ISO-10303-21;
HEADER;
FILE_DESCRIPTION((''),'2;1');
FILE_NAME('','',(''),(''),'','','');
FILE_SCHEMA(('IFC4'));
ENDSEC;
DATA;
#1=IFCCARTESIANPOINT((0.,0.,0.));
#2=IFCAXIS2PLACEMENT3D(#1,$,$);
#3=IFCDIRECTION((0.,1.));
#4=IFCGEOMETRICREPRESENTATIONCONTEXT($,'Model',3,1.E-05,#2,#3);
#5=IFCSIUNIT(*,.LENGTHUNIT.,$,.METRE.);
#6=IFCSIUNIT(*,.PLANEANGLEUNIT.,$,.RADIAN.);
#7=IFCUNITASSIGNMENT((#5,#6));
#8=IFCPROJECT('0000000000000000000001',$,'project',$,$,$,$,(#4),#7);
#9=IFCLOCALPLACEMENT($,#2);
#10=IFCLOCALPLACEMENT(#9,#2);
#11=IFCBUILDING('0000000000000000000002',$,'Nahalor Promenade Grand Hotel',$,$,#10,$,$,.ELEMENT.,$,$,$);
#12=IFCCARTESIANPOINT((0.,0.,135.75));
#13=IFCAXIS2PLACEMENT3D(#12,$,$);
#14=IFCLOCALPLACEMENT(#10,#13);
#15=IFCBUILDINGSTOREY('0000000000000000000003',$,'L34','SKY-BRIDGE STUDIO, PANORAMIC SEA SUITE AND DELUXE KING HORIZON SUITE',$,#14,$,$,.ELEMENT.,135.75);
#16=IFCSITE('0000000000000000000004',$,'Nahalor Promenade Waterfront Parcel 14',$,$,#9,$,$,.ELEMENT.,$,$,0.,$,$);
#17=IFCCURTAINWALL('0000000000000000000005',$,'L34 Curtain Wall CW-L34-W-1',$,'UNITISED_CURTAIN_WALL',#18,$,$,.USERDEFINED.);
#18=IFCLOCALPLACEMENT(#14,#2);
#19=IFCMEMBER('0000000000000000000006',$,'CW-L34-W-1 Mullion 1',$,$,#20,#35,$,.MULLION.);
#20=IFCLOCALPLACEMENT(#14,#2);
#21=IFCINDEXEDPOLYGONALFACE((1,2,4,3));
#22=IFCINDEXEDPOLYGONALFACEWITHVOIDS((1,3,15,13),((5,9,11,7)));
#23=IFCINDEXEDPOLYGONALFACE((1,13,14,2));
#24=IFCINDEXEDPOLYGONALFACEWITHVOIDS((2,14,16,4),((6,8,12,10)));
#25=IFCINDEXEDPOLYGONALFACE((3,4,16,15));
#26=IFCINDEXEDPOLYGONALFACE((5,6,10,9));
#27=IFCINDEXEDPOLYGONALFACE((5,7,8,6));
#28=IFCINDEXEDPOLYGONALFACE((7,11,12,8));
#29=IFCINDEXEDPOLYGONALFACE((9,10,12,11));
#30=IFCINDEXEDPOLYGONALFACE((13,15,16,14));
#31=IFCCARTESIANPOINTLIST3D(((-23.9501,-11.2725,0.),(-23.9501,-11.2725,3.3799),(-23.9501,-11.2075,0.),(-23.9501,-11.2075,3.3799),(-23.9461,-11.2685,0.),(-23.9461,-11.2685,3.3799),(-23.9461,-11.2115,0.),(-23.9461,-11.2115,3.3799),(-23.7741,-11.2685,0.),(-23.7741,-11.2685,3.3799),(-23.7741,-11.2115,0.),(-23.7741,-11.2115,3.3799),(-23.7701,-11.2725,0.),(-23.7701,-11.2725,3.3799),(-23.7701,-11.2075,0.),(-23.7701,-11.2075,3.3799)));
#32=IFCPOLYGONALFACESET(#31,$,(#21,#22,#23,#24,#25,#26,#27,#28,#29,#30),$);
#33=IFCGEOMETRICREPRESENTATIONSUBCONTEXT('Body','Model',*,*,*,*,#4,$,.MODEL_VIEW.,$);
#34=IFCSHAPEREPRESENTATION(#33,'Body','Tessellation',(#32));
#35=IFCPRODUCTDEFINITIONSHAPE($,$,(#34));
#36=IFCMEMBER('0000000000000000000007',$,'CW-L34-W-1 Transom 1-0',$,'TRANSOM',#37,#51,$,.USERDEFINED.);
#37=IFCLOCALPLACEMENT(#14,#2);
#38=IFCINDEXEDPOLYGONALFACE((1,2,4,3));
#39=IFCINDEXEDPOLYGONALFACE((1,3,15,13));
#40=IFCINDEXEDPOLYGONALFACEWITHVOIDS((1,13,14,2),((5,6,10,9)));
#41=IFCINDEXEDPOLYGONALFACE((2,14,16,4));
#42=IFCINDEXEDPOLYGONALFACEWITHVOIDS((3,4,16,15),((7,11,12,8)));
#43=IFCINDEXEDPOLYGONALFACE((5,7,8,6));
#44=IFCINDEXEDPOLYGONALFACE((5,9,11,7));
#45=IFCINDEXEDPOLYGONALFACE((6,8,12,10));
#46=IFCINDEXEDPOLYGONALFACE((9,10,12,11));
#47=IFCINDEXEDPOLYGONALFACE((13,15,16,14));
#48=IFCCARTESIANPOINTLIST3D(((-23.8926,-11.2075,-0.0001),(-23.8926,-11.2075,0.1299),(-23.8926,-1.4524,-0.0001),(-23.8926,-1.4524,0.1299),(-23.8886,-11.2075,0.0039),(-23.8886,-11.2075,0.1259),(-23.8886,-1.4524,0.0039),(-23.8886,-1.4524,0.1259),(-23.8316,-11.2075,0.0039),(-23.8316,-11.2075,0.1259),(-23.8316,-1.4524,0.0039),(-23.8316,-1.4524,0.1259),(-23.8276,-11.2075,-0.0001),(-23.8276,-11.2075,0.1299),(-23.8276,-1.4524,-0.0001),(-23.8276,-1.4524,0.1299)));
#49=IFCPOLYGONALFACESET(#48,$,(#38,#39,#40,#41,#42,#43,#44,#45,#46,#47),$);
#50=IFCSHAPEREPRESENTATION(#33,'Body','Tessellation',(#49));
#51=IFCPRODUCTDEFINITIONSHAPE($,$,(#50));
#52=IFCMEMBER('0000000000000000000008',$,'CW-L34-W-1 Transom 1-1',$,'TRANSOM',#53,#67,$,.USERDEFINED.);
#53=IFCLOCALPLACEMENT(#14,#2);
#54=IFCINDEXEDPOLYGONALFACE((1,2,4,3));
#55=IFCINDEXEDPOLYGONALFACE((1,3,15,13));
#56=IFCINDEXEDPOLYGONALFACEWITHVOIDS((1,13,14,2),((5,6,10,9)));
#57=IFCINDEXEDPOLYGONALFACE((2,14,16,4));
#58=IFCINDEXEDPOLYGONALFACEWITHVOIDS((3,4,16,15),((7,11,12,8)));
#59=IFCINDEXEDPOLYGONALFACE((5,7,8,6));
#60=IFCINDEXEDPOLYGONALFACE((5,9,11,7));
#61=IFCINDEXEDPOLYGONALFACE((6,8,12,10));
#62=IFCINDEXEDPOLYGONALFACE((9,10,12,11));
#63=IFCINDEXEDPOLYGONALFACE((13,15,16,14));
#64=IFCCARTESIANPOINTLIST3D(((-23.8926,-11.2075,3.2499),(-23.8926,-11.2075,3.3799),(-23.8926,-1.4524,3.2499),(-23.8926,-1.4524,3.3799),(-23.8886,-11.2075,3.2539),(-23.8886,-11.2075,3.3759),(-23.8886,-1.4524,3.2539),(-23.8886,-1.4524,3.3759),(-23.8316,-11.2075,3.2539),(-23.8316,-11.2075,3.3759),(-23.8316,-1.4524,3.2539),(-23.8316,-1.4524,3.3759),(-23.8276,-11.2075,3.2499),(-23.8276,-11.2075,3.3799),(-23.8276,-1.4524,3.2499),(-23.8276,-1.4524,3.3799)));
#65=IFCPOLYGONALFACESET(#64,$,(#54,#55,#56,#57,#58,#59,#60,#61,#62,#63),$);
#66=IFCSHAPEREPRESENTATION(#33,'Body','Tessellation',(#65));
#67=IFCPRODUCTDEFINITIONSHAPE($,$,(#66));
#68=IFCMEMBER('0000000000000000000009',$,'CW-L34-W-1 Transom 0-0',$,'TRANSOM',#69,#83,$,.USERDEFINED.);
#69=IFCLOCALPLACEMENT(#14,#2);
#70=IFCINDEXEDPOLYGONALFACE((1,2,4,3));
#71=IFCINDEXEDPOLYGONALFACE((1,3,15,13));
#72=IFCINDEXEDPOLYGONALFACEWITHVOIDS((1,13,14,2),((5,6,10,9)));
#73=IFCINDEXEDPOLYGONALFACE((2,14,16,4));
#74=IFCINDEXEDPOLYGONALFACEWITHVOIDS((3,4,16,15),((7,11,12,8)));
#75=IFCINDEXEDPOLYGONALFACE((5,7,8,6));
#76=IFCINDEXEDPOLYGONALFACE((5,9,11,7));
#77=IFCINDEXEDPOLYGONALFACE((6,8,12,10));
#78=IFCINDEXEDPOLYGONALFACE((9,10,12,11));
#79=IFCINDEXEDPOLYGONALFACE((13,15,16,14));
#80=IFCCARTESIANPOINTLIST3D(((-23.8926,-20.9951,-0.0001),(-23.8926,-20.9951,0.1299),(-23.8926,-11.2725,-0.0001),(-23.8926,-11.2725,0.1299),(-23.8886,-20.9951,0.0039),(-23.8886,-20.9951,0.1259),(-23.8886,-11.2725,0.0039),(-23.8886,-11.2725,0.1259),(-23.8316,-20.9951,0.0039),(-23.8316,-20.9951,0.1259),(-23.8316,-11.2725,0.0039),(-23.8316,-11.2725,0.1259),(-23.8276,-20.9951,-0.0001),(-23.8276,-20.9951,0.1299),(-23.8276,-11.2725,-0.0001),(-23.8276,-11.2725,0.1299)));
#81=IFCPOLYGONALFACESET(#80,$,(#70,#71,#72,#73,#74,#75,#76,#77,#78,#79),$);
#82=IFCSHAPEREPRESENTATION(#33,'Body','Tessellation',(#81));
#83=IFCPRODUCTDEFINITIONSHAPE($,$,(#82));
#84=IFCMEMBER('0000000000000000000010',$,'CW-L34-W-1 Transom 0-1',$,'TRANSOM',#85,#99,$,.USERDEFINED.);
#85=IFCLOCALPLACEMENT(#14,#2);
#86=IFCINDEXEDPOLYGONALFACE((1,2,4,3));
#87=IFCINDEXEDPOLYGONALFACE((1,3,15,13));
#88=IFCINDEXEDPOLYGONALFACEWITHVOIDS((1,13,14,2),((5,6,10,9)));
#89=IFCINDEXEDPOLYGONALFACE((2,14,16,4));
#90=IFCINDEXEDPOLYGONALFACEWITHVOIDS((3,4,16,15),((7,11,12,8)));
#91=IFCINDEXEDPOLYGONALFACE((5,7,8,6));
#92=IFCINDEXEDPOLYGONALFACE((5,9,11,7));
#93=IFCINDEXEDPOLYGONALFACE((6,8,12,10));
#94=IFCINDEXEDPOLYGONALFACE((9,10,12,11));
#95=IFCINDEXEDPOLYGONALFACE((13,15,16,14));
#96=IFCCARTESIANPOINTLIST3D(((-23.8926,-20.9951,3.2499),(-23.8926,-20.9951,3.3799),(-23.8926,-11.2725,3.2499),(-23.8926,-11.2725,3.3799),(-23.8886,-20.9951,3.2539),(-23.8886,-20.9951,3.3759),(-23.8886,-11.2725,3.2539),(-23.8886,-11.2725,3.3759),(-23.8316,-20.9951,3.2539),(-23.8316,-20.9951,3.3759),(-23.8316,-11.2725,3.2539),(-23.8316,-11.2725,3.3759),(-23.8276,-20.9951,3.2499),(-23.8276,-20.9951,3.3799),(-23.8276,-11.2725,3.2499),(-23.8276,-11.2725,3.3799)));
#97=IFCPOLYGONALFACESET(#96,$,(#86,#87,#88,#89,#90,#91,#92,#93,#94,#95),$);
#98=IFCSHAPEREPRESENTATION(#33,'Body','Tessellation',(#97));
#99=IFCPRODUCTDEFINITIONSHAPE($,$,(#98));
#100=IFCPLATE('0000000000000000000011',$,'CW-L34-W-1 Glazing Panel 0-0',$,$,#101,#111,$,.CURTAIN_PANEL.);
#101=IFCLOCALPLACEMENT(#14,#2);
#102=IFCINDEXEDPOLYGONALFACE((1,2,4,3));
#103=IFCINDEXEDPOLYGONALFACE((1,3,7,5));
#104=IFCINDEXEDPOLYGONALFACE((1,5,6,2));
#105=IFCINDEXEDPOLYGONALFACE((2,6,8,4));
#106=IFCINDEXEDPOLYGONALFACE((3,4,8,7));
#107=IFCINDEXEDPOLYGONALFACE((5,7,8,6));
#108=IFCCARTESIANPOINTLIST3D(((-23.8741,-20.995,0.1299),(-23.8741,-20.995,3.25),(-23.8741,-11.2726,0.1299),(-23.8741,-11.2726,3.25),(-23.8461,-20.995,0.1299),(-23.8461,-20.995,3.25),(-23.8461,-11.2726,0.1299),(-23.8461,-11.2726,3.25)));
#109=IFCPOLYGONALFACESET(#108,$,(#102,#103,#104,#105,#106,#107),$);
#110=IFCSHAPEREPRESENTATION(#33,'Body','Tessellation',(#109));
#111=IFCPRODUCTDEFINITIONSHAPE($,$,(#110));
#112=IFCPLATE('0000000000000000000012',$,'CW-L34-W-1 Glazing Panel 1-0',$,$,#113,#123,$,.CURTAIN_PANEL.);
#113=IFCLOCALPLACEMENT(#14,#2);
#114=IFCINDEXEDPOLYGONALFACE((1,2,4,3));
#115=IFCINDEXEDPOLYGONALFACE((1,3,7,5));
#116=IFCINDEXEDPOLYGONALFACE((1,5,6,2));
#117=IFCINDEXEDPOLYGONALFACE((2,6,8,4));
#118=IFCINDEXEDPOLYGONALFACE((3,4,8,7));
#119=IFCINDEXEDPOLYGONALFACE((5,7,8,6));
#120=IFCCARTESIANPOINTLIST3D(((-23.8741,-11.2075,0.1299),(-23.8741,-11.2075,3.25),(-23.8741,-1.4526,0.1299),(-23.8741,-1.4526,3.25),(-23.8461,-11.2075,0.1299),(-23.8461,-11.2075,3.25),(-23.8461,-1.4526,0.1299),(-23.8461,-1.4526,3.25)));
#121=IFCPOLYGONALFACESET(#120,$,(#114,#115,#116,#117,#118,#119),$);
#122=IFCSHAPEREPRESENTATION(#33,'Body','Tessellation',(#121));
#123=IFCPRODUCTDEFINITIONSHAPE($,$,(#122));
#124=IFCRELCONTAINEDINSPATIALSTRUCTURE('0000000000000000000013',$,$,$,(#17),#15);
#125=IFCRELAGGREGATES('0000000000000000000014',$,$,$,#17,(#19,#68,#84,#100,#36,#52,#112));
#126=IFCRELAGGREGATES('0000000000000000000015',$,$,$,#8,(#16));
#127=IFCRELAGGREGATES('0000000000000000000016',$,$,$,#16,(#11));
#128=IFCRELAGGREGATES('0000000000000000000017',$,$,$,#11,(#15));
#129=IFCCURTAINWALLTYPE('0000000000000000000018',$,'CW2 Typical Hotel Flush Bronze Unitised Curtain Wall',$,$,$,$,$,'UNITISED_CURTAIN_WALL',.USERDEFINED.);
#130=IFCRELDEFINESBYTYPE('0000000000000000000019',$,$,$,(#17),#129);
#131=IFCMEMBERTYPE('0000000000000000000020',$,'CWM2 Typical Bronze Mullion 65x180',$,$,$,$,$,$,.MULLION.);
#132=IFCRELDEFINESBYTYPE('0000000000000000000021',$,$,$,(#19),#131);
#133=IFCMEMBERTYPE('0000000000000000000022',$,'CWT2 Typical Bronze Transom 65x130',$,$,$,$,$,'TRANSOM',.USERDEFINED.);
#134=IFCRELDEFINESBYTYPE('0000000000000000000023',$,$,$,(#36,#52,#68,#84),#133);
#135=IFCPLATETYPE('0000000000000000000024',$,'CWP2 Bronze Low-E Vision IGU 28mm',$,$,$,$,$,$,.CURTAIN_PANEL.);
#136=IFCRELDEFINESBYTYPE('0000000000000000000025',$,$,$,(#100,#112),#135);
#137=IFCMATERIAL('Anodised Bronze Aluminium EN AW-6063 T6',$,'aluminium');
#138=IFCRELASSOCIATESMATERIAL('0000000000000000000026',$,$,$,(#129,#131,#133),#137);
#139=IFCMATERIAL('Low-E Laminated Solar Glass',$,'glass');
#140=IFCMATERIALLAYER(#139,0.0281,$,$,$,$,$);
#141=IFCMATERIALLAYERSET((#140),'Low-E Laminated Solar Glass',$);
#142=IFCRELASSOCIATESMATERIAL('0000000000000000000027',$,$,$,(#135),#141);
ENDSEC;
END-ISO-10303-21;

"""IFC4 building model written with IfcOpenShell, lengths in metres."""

from ifc_helpers import new_model, si_unit, direction, frame, origin, origin_2d, place, context, subcontext, project, spatial, rectangle, hollow_rectangle, extrude, source, transform, mapped, material, layer, layer_set, material_profile, profile_set, type_object, element, aggregate, save


model = new_model("IFC4")

# Units and contexts
model_context = context("Model", 3, precision=1e-05, world=origin(), true_north=direction((0.0, 1.0)))
body_context = subcontext(model_context, "Body", "Model", "MODEL_VIEW")
ifc_project = project(units=[si_unit("LENGTHUNIT", "METRE"), si_unit("PLANEANGLEUNIT", "RADIAN")], contexts=[model_context])

# Site, building, storey
site_placement = place(None, origin())
site = spatial("IfcSite", under=ifc_project, at=site_placement, Name="Nahalor Promenade Waterfront Parcel 14", CompositionType="ELEMENT", RefElevation=0.0)
building_placement = place(site_placement, origin())
building = spatial("IfcBuilding", under=site, at=building_placement, Name="Nahalor Promenade Grand Hotel", CompositionType="ELEMENT")
storey_placement = place(building_placement, frame((0.0, 0.0, 135.75)))
storey = spatial("IfcBuildingStorey", under=building, at=storey_placement, Name="L34", Description="SKY-BRIDGE STUDIO, PANORAMIC SEA SUITE AND DELUXE KING HORIZON SUITE", CompositionType="ELEMENT", Elevation=135.75)

# Curtain wall, members, plates
ifc_material_1 = material(Name="Anodised Bronze Aluminium EN AW-6063 T6", Category="aluminium")
curtain_wall_type = type_object("IfcCurtainWallType", Name="CW2 Typical Hotel Flush Bronze Unitised Curtain Wall", ElementType="UNITISED_CURTAIN_WALL", PredefinedType="USERDEFINED", material=ifc_material_1)
curtain_wall_placement = place(storey_placement, origin())
curtain_wall = element("IfcCurtainWall", 1, at=curtain_wall_placement, inside=storey, type_object=curtain_wall_type, Name="L34 Curtain Wall CW-L34-W-1", ObjectType="UNITISED_CURTAIN_WALL", PredefinedType="USERDEFINED")
ifc_material_profile_1 = material_profile(ifc_material_1, hollow_rectangle(XDim=0.065, YDim=0.18, WallThickness=0.004, at=origin_2d()), Name="CWM 65x180x4")
ifc_profile_set_1 = profile_set([ifc_material_profile_1], Name="Anodised Bronze Aluminium EN AW-6063 T6")
member_type_1 = type_object("IfcMemberType", Name="CWM2 Typical Bronze Mullion 65x180", PredefinedType="MULLION", material=ifc_profile_set_1)
shared_shape_1 = source(origin(), body_context, "Body", "SweptSolid", [
    extrude(hollow_rectangle(XDim=0.065, YDim=0.18, WallThickness=0.004, at=origin_2d()), origin(), (0.0, 0.0, 1.0), 3.3799),
])
member_1_placement = place(storey_placement, frame((-23.8601, -11.24, 0.0), z_axis=(0.0, 0.0, 1.0), x_axis=(0.0, 1.0, 0.0)))
member_1 = element("IfcMember", 2, at=member_1_placement, type_object=member_type_1, Name="CW-L34-W-1 Mullion 1", PredefinedType="MULLION", context=body_context, shape_type="MappedRepresentation", body=[
    mapped(shared_shape_1, transform((0.0, 0.0, 0.0), scale=1.0)),
])
ifc_material_profile_2 = material_profile(ifc_material_1, hollow_rectangle(XDim=0.065, YDim=0.13, WallThickness=0.004, at=origin_2d()), Name="CWT 65x130x4")
ifc_profile_set_2 = profile_set([ifc_material_profile_2], Name="Anodised Bronze Aluminium EN AW-6063 T6")
member_type_2 = type_object("IfcMemberType", Name="CWT2 Typical Bronze Transom 65x130", ElementType="TRANSOM", PredefinedType="USERDEFINED", material=ifc_profile_set_2)
shared_shape_2 = source(origin(), body_context, "Body", "SweptSolid", [
    extrude(hollow_rectangle(XDim=0.065, YDim=0.13, WallThickness=0.004, at=origin_2d()), origin(), (0.0, 0.0, 1.0), 9.7551),
])
member_2_placement = place(storey_placement, frame((-23.8601, -11.2075, 0.0649), z_axis=(0.0, 1.0, 0.0), x_axis=(-1.0, 0.0, 0.0)))
member_2 = element("IfcMember", 3, at=member_2_placement, type_object=member_type_2, Name="CW-L34-W-1 Transom 1-0", ObjectType="TRANSOM", PredefinedType="USERDEFINED", context=body_context, shape_type="MappedRepresentation", body=[
    mapped(shared_shape_2, transform((0.0, 0.0, 0.0), scale=1.0)),
])
member_3_placement = place(storey_placement, frame((-23.8601, -11.2075, 3.3149), z_axis=(0.0, 1.0, 0.0), x_axis=(-1.0, 0.0, 0.0)))
member_3 = element("IfcMember", 4, at=member_3_placement, type_object=member_type_2, Name="CW-L34-W-1 Transom 1-1", ObjectType="TRANSOM", PredefinedType="USERDEFINED", context=body_context, shape_type="MappedRepresentation", body=[
    mapped(shared_shape_2, transform((0.0, 0.0, 0.0), scale=1.0)),
])
shared_shape_3 = source(origin(), body_context, "Body", "SweptSolid", [
    extrude(hollow_rectangle(XDim=0.065, YDim=0.13, WallThickness=0.004, at=origin_2d()), origin(), (0.0, 0.0, 1.0), 9.7227),
])
member_4_placement = place(storey_placement, frame((-23.8601, -20.9951, 0.0649), z_axis=(0.0, 1.0, 0.0), x_axis=(-1.0, 0.0, 0.0)))
member_4 = element("IfcMember", 5, at=member_4_placement, type_object=member_type_2, Name="CW-L34-W-1 Transom 0-0", ObjectType="TRANSOM", PredefinedType="USERDEFINED", context=body_context, shape_type="MappedRepresentation", body=[
    mapped(shared_shape_3, transform((0.0, 0.0, 0.0), scale=1.0)),
])
member_5_placement = place(storey_placement, frame((-23.8601, -20.9951, 3.3149), z_axis=(0.0, 1.0, 0.0), x_axis=(-1.0, 0.0, 0.0)))
member_5 = element("IfcMember", 6, at=member_5_placement, type_object=member_type_2, Name="CW-L34-W-1 Transom 0-1", ObjectType="TRANSOM", PredefinedType="USERDEFINED", context=body_context, shape_type="MappedRepresentation", body=[
    mapped(shared_shape_3, transform((0.0, 0.0, 0.0), scale=1.0)),
])
ifc_material_2 = material(Name="Low-E Laminated Solar Glass", Category="glass")
ifc_layer_1 = layer(ifc_material_2, 0.0281)
ifc_layer_set_1 = layer_set([ifc_layer_1], Name="Low-E Laminated Solar Glass")
plate_type = type_object("IfcPlateType", Name="CWP2 Bronze Low-E Vision IGU 28mm", PredefinedType="CURTAIN_PANEL", material=ifc_layer_set_1)
shared_shape_4 = source(origin(), body_context, "Body", "SweptSolid", [
    extrude(rectangle(XDim=9.7224, YDim=0.0281, at=origin_2d()), origin(), (0.0, 0.0, 1.0), 3.1201),
])
plate_1_placement = place(storey_placement, frame((-23.8601, -16.1338, 0.1299), z_axis=(0.0, 0.0, 1.0), x_axis=(0.0, 1.0, 0.0)))
plate_1 = element("IfcPlate", 7, at=plate_1_placement, type_object=plate_type, Name="CW-L34-W-1 Glazing Panel 0-0", PredefinedType="CURTAIN_PANEL", context=body_context, shape_type="MappedRepresentation", body=[
    mapped(shared_shape_4, transform((0.0, 0.0, 0.0), scale=1.0)),
])
shared_shape_5 = source(origin(), body_context, "Body", "SweptSolid", [
    extrude(rectangle(XDim=9.7549, YDim=0.0281, at=origin_2d()), origin(), (0.0, 0.0, 1.0), 3.1201),
])
plate_2_placement = place(storey_placement, frame((-23.8601, -6.3301, 0.1299), z_axis=(0.0, 0.0, 1.0), x_axis=(0.0, 1.0, 0.0)))
plate_2 = element("IfcPlate", 8, at=plate_2_placement, type_object=plate_type, Name="CW-L34-W-1 Glazing Panel 1-0", PredefinedType="CURTAIN_PANEL", context=body_context, shape_type="MappedRepresentation", body=[
    mapped(shared_shape_5, transform((0.0, 0.0, 0.0), scale=1.0)),
])
aggregate(curtain_wall, [member_1, member_4, member_5, plate_1, member_2, member_3, plate_2])

save(model, "model.ifc")
